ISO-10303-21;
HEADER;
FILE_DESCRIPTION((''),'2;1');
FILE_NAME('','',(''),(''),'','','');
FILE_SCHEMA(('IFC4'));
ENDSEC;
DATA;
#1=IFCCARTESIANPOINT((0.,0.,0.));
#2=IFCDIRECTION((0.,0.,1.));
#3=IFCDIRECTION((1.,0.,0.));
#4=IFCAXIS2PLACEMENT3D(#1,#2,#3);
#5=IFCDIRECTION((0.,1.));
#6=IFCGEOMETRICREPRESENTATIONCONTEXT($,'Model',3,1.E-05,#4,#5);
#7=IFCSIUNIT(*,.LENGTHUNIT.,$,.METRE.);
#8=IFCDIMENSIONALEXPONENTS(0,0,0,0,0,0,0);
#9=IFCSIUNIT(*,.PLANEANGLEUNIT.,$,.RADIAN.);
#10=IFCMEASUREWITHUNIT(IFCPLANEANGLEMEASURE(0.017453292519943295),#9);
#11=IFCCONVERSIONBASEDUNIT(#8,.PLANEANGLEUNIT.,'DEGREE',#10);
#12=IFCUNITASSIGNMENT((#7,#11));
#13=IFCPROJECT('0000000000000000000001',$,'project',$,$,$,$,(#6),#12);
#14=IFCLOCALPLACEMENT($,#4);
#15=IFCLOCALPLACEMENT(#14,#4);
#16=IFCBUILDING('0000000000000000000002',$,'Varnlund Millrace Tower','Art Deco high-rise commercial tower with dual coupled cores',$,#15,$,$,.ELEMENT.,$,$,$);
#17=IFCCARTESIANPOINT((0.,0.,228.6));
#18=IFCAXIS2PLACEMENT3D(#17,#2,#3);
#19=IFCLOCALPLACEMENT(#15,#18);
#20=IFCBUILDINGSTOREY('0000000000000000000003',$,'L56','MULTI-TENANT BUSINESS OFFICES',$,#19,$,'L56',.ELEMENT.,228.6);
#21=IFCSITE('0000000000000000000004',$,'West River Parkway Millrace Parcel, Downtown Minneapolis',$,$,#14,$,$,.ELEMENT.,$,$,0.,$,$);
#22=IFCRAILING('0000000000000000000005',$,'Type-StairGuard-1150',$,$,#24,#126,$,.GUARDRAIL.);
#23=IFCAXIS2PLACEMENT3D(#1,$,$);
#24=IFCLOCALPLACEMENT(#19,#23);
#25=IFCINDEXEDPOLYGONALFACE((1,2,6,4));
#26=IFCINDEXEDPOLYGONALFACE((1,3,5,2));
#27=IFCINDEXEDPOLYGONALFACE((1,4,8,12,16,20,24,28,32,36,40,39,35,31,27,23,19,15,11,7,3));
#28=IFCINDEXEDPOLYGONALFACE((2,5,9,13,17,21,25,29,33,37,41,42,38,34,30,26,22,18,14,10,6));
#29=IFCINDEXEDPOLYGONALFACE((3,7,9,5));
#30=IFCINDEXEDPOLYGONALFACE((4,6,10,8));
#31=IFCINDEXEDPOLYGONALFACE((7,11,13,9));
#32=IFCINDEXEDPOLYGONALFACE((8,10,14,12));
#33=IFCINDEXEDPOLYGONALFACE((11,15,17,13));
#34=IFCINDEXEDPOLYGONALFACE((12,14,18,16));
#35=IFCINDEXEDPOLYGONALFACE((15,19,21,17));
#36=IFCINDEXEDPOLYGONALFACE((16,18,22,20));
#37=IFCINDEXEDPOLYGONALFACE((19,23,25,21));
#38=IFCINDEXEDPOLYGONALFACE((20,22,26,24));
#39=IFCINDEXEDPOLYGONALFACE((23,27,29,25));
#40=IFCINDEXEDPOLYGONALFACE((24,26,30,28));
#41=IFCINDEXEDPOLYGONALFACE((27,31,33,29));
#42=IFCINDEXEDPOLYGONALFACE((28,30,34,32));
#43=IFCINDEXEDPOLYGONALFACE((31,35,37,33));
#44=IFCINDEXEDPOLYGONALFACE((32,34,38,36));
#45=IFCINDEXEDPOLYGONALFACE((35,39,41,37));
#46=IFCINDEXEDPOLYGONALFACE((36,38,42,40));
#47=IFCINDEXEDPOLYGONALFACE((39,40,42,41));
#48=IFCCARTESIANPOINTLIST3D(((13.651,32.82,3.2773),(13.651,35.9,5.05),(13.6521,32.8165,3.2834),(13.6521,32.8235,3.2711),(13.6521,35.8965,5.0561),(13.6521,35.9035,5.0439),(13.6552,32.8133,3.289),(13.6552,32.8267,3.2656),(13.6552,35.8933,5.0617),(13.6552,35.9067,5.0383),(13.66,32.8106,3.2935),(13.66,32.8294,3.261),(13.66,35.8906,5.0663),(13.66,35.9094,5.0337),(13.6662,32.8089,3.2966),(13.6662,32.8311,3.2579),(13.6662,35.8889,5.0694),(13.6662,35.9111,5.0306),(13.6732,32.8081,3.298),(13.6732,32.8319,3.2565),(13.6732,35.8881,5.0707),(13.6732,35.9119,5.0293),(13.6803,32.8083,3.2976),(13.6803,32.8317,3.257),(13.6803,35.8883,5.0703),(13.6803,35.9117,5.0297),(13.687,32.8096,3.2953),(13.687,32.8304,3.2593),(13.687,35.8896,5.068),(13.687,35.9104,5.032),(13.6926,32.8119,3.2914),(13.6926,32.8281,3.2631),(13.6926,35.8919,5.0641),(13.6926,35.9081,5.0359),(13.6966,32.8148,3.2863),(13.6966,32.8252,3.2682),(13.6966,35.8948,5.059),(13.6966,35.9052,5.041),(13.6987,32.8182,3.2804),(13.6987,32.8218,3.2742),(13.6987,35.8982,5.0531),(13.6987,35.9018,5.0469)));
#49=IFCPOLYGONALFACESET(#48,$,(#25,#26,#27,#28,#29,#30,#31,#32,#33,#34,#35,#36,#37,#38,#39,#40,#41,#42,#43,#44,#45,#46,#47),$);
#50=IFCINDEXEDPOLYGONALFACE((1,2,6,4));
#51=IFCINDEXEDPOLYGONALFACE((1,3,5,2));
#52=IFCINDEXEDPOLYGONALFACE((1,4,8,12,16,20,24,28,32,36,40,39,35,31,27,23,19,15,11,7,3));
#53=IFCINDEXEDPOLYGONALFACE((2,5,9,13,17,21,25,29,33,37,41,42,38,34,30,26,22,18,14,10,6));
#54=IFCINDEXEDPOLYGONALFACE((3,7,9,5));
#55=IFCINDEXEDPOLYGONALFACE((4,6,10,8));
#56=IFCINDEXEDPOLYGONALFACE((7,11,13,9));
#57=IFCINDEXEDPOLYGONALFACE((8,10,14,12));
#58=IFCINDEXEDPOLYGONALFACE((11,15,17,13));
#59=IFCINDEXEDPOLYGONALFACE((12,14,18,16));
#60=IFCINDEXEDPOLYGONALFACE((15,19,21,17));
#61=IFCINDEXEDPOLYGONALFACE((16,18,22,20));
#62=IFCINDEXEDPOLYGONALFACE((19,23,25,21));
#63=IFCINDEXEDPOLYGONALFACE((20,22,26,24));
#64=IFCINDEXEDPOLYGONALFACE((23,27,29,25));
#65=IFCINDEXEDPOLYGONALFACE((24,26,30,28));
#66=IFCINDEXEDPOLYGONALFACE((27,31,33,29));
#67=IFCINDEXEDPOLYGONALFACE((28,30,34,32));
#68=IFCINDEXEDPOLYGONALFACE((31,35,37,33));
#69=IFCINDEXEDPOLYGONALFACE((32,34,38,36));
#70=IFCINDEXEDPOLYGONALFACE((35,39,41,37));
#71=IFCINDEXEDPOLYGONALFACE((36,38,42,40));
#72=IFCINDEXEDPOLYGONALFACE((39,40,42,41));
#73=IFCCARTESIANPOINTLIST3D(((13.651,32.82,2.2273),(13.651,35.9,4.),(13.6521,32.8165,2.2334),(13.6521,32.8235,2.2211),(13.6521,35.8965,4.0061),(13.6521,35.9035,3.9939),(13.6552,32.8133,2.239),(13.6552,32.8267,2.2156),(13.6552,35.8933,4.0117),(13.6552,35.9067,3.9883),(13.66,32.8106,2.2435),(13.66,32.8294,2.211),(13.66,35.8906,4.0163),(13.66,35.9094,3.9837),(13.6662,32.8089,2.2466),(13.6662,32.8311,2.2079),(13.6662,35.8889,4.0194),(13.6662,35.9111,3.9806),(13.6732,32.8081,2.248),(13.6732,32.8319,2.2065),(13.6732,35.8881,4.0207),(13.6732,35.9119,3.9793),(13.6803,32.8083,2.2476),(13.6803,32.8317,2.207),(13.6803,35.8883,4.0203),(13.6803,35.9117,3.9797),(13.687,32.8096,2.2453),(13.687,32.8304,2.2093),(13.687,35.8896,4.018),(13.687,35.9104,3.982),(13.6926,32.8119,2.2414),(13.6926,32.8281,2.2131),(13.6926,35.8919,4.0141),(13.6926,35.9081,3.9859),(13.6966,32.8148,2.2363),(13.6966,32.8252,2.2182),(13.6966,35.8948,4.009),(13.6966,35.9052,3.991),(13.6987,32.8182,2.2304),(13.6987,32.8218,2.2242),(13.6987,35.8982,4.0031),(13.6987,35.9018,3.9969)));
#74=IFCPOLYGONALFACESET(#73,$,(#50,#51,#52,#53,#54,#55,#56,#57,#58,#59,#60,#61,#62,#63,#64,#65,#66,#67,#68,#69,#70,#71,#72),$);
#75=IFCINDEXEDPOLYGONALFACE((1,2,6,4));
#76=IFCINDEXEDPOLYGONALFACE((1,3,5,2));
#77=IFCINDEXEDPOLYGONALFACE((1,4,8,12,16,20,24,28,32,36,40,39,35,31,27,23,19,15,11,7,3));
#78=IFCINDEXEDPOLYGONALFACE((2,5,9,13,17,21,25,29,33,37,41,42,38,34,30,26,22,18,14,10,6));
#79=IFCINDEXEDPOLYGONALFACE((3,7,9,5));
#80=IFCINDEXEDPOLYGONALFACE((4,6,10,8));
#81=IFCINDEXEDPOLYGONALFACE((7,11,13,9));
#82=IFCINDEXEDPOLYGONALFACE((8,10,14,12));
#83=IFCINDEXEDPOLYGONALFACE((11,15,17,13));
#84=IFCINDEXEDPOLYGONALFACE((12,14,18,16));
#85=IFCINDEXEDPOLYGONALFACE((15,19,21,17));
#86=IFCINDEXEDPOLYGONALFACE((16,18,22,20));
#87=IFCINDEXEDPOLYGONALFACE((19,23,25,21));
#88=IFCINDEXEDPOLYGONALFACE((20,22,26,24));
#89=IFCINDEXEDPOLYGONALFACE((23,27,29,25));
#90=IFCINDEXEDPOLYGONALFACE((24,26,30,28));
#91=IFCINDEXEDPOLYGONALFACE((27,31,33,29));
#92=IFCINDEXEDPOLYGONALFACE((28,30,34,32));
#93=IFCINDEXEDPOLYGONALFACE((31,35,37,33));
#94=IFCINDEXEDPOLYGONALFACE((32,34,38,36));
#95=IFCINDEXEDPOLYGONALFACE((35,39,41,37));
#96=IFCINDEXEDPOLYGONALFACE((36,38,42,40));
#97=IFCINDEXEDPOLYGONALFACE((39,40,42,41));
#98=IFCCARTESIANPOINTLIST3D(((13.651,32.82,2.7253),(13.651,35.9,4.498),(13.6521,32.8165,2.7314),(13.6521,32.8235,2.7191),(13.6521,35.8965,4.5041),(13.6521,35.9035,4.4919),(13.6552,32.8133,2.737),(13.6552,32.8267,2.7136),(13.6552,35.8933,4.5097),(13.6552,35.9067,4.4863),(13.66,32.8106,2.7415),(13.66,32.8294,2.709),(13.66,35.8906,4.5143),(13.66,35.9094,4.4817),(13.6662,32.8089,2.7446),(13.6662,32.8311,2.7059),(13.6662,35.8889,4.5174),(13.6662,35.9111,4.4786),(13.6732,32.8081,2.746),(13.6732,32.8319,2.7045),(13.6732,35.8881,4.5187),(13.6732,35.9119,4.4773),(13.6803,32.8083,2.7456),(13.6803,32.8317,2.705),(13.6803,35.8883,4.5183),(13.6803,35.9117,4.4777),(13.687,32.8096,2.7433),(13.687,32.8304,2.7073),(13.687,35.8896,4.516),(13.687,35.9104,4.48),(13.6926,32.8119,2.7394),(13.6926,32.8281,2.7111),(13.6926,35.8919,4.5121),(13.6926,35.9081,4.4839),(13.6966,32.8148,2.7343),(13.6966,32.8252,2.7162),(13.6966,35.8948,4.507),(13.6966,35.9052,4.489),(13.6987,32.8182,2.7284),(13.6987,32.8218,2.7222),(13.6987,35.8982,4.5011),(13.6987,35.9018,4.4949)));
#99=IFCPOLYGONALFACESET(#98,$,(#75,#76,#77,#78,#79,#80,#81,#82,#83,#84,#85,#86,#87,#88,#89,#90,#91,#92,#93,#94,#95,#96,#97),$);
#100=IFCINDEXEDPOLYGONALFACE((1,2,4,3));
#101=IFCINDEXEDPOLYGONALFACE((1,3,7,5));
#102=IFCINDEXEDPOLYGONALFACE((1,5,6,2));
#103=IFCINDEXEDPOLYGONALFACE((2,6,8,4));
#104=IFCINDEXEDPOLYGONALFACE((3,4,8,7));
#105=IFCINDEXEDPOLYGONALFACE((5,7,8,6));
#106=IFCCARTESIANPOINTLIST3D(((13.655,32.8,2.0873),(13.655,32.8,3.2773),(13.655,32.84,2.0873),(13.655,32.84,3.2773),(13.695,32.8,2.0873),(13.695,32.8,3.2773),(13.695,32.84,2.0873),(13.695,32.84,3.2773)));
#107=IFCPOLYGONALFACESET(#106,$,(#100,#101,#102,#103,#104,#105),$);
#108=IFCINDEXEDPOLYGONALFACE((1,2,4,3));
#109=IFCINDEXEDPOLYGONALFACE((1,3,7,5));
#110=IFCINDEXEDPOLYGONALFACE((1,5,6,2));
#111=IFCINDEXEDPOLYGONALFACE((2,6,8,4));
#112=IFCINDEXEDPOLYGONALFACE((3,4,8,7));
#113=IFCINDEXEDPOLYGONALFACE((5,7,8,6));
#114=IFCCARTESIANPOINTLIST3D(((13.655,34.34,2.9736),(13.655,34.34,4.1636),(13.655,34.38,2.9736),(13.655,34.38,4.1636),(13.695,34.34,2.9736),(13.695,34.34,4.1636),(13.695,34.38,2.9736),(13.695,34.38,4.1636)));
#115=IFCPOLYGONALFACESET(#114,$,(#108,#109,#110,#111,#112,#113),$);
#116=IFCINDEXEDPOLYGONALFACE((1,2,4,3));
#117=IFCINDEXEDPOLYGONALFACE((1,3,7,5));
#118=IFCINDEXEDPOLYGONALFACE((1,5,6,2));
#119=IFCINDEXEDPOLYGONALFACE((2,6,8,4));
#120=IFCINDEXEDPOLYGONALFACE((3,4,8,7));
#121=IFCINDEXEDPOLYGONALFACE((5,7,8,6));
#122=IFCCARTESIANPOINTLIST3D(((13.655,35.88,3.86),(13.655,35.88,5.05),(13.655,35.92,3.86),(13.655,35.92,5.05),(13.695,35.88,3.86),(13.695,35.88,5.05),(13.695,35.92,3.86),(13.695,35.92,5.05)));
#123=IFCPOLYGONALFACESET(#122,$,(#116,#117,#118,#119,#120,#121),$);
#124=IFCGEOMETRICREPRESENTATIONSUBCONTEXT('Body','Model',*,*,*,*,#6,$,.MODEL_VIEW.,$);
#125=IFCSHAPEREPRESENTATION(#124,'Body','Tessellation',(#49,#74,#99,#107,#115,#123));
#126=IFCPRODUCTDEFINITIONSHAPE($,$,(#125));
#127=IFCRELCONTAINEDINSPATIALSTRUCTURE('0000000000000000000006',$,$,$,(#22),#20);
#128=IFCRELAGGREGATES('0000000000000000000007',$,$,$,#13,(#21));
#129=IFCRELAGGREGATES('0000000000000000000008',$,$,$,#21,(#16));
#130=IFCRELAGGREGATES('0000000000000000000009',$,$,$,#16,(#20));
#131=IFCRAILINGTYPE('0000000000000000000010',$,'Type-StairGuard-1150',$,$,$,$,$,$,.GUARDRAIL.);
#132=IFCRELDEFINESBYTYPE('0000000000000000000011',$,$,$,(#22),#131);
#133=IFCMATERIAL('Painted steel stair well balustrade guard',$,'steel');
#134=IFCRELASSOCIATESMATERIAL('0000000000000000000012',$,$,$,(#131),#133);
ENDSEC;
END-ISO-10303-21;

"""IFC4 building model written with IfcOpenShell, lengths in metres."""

from ifc_helpers import new_model, entity, si_unit, converted_unit, direction, frame, origin_with_axes, origin_2d_with_axis, place, context, subcontext, project, spatial, rectangle, circle, extrude, material, type_object, element, save


model = new_model("IFC4")

# Units and contexts
model_context = context("Model", 3, precision=1e-05, world=origin_with_axes(), true_north=direction((0.0, 1.0)))
body_context = subcontext(model_context, "Body", "Model", "MODEL_VIEW")
ifc_project = project(units=[si_unit("LENGTHUNIT", "METRE"), converted_unit("PLANEANGLEUNIT", "DEGREE", entity("IfcPlaneAngleMeasure", 0.017453292519943295), si_unit("PLANEANGLEUNIT", "RADIAN"), dimensions=[0, 0, 0, 0, 0, 0, 0])], contexts=[model_context])

# Site, building, storey
site_placement = place(None, origin_with_axes())
site = spatial("IfcSite", under=ifc_project, at=site_placement, Name="West River Parkway Millrace Parcel, Downtown Minneapolis", CompositionType="ELEMENT", RefElevation=0.0)
building_placement = place(site_placement, origin_with_axes())
building = spatial("IfcBuilding", under=site, at=building_placement, Name="Varnlund Millrace Tower", Description="Art Deco high-rise commercial tower with dual coupled cores", CompositionType="ELEMENT")
storey_placement = place(building_placement, frame((0.0, 0.0, 228.6), z_axis=(0.0, 0.0, 1.0), x_axis=(1.0, 0.0, 0.0)))
storey = spatial("IfcBuildingStorey", under=building, at=storey_placement, Name="L56", Description="MULTI-TENANT BUSINESS OFFICES", LongName="L56", CompositionType="ELEMENT", Elevation=228.6)

# Railing
ifc_material_1 = material(Name="Painted steel stair well balustrade guard", Category="steel")
railing_type_1 = type_object("IfcRailingType", Name="Type-StairGuard-1150", PredefinedType="GUARDRAIL", material=ifc_material_1)
railing_1_placement = place(storey_placement, frame((0.0, 0.0, -228.6), z_axis=(0.0, 0.0, 1.0), x_axis=(1.0, 0.0, 0.0)))
element("IfcRailing", 1, at=railing_1_placement, inside=storey, type_object=railing_type_1, Name="Type-StairGuard-1150", PredefinedType="GUARDRAIL", context=body_context, shape_type="SweptSolid", body=[
    extrude(circle(Radius=0.024, at=origin_2d_with_axis()), frame((13.675, 32.82, 231.8773), z_axis=(0.0, 0.866696, 0.498836), x_axis=(-1.0, 0.0, 0.0)), (0.0, 0.0, 1.0), 3.5537),
    extrude(circle(Radius=0.024, at=origin_2d_with_axis()), frame((13.675, 32.82, 230.8273), z_axis=(0.0, 0.866696, 0.498836), x_axis=(-1.0, 0.0, 0.0)), (0.0, 0.0, 1.0), 3.5537),
    extrude(circle(Radius=0.024, at=origin_2d_with_axis()), frame((13.675, 32.82, 231.3253), z_axis=(0.0, 0.866696, 0.498836), x_axis=(-1.0, 0.0, 0.0)), (0.0, 0.0, 1.0), 3.5537),
    extrude(rectangle(XDim=0.04, YDim=0.04, at=origin_2d_with_axis()), frame((13.675, 32.82, 230.6873), z_axis=(0.0, 0.0, 1.0), x_axis=(1.0, 0.0, 0.0)), (0.0, 0.0, 1.0), 1.19),
    extrude(rectangle(XDim=0.04, YDim=0.04, at=origin_2d_with_axis()), frame((13.675, 34.36, 231.5736), z_axis=(0.0, 0.0, 1.0), x_axis=(1.0, 0.0, 0.0)), (0.0, 0.0, 1.0), 1.19),
    extrude(rectangle(XDim=0.04, YDim=0.04, at=origin_2d_with_axis()), frame((13.675, 35.9, 232.46), z_axis=(0.0, 0.0, 1.0), x_axis=(1.0, 0.0, 0.0)), (0.0, 0.0, 1.0), 1.19),
])

save(model, "model.ifc")
